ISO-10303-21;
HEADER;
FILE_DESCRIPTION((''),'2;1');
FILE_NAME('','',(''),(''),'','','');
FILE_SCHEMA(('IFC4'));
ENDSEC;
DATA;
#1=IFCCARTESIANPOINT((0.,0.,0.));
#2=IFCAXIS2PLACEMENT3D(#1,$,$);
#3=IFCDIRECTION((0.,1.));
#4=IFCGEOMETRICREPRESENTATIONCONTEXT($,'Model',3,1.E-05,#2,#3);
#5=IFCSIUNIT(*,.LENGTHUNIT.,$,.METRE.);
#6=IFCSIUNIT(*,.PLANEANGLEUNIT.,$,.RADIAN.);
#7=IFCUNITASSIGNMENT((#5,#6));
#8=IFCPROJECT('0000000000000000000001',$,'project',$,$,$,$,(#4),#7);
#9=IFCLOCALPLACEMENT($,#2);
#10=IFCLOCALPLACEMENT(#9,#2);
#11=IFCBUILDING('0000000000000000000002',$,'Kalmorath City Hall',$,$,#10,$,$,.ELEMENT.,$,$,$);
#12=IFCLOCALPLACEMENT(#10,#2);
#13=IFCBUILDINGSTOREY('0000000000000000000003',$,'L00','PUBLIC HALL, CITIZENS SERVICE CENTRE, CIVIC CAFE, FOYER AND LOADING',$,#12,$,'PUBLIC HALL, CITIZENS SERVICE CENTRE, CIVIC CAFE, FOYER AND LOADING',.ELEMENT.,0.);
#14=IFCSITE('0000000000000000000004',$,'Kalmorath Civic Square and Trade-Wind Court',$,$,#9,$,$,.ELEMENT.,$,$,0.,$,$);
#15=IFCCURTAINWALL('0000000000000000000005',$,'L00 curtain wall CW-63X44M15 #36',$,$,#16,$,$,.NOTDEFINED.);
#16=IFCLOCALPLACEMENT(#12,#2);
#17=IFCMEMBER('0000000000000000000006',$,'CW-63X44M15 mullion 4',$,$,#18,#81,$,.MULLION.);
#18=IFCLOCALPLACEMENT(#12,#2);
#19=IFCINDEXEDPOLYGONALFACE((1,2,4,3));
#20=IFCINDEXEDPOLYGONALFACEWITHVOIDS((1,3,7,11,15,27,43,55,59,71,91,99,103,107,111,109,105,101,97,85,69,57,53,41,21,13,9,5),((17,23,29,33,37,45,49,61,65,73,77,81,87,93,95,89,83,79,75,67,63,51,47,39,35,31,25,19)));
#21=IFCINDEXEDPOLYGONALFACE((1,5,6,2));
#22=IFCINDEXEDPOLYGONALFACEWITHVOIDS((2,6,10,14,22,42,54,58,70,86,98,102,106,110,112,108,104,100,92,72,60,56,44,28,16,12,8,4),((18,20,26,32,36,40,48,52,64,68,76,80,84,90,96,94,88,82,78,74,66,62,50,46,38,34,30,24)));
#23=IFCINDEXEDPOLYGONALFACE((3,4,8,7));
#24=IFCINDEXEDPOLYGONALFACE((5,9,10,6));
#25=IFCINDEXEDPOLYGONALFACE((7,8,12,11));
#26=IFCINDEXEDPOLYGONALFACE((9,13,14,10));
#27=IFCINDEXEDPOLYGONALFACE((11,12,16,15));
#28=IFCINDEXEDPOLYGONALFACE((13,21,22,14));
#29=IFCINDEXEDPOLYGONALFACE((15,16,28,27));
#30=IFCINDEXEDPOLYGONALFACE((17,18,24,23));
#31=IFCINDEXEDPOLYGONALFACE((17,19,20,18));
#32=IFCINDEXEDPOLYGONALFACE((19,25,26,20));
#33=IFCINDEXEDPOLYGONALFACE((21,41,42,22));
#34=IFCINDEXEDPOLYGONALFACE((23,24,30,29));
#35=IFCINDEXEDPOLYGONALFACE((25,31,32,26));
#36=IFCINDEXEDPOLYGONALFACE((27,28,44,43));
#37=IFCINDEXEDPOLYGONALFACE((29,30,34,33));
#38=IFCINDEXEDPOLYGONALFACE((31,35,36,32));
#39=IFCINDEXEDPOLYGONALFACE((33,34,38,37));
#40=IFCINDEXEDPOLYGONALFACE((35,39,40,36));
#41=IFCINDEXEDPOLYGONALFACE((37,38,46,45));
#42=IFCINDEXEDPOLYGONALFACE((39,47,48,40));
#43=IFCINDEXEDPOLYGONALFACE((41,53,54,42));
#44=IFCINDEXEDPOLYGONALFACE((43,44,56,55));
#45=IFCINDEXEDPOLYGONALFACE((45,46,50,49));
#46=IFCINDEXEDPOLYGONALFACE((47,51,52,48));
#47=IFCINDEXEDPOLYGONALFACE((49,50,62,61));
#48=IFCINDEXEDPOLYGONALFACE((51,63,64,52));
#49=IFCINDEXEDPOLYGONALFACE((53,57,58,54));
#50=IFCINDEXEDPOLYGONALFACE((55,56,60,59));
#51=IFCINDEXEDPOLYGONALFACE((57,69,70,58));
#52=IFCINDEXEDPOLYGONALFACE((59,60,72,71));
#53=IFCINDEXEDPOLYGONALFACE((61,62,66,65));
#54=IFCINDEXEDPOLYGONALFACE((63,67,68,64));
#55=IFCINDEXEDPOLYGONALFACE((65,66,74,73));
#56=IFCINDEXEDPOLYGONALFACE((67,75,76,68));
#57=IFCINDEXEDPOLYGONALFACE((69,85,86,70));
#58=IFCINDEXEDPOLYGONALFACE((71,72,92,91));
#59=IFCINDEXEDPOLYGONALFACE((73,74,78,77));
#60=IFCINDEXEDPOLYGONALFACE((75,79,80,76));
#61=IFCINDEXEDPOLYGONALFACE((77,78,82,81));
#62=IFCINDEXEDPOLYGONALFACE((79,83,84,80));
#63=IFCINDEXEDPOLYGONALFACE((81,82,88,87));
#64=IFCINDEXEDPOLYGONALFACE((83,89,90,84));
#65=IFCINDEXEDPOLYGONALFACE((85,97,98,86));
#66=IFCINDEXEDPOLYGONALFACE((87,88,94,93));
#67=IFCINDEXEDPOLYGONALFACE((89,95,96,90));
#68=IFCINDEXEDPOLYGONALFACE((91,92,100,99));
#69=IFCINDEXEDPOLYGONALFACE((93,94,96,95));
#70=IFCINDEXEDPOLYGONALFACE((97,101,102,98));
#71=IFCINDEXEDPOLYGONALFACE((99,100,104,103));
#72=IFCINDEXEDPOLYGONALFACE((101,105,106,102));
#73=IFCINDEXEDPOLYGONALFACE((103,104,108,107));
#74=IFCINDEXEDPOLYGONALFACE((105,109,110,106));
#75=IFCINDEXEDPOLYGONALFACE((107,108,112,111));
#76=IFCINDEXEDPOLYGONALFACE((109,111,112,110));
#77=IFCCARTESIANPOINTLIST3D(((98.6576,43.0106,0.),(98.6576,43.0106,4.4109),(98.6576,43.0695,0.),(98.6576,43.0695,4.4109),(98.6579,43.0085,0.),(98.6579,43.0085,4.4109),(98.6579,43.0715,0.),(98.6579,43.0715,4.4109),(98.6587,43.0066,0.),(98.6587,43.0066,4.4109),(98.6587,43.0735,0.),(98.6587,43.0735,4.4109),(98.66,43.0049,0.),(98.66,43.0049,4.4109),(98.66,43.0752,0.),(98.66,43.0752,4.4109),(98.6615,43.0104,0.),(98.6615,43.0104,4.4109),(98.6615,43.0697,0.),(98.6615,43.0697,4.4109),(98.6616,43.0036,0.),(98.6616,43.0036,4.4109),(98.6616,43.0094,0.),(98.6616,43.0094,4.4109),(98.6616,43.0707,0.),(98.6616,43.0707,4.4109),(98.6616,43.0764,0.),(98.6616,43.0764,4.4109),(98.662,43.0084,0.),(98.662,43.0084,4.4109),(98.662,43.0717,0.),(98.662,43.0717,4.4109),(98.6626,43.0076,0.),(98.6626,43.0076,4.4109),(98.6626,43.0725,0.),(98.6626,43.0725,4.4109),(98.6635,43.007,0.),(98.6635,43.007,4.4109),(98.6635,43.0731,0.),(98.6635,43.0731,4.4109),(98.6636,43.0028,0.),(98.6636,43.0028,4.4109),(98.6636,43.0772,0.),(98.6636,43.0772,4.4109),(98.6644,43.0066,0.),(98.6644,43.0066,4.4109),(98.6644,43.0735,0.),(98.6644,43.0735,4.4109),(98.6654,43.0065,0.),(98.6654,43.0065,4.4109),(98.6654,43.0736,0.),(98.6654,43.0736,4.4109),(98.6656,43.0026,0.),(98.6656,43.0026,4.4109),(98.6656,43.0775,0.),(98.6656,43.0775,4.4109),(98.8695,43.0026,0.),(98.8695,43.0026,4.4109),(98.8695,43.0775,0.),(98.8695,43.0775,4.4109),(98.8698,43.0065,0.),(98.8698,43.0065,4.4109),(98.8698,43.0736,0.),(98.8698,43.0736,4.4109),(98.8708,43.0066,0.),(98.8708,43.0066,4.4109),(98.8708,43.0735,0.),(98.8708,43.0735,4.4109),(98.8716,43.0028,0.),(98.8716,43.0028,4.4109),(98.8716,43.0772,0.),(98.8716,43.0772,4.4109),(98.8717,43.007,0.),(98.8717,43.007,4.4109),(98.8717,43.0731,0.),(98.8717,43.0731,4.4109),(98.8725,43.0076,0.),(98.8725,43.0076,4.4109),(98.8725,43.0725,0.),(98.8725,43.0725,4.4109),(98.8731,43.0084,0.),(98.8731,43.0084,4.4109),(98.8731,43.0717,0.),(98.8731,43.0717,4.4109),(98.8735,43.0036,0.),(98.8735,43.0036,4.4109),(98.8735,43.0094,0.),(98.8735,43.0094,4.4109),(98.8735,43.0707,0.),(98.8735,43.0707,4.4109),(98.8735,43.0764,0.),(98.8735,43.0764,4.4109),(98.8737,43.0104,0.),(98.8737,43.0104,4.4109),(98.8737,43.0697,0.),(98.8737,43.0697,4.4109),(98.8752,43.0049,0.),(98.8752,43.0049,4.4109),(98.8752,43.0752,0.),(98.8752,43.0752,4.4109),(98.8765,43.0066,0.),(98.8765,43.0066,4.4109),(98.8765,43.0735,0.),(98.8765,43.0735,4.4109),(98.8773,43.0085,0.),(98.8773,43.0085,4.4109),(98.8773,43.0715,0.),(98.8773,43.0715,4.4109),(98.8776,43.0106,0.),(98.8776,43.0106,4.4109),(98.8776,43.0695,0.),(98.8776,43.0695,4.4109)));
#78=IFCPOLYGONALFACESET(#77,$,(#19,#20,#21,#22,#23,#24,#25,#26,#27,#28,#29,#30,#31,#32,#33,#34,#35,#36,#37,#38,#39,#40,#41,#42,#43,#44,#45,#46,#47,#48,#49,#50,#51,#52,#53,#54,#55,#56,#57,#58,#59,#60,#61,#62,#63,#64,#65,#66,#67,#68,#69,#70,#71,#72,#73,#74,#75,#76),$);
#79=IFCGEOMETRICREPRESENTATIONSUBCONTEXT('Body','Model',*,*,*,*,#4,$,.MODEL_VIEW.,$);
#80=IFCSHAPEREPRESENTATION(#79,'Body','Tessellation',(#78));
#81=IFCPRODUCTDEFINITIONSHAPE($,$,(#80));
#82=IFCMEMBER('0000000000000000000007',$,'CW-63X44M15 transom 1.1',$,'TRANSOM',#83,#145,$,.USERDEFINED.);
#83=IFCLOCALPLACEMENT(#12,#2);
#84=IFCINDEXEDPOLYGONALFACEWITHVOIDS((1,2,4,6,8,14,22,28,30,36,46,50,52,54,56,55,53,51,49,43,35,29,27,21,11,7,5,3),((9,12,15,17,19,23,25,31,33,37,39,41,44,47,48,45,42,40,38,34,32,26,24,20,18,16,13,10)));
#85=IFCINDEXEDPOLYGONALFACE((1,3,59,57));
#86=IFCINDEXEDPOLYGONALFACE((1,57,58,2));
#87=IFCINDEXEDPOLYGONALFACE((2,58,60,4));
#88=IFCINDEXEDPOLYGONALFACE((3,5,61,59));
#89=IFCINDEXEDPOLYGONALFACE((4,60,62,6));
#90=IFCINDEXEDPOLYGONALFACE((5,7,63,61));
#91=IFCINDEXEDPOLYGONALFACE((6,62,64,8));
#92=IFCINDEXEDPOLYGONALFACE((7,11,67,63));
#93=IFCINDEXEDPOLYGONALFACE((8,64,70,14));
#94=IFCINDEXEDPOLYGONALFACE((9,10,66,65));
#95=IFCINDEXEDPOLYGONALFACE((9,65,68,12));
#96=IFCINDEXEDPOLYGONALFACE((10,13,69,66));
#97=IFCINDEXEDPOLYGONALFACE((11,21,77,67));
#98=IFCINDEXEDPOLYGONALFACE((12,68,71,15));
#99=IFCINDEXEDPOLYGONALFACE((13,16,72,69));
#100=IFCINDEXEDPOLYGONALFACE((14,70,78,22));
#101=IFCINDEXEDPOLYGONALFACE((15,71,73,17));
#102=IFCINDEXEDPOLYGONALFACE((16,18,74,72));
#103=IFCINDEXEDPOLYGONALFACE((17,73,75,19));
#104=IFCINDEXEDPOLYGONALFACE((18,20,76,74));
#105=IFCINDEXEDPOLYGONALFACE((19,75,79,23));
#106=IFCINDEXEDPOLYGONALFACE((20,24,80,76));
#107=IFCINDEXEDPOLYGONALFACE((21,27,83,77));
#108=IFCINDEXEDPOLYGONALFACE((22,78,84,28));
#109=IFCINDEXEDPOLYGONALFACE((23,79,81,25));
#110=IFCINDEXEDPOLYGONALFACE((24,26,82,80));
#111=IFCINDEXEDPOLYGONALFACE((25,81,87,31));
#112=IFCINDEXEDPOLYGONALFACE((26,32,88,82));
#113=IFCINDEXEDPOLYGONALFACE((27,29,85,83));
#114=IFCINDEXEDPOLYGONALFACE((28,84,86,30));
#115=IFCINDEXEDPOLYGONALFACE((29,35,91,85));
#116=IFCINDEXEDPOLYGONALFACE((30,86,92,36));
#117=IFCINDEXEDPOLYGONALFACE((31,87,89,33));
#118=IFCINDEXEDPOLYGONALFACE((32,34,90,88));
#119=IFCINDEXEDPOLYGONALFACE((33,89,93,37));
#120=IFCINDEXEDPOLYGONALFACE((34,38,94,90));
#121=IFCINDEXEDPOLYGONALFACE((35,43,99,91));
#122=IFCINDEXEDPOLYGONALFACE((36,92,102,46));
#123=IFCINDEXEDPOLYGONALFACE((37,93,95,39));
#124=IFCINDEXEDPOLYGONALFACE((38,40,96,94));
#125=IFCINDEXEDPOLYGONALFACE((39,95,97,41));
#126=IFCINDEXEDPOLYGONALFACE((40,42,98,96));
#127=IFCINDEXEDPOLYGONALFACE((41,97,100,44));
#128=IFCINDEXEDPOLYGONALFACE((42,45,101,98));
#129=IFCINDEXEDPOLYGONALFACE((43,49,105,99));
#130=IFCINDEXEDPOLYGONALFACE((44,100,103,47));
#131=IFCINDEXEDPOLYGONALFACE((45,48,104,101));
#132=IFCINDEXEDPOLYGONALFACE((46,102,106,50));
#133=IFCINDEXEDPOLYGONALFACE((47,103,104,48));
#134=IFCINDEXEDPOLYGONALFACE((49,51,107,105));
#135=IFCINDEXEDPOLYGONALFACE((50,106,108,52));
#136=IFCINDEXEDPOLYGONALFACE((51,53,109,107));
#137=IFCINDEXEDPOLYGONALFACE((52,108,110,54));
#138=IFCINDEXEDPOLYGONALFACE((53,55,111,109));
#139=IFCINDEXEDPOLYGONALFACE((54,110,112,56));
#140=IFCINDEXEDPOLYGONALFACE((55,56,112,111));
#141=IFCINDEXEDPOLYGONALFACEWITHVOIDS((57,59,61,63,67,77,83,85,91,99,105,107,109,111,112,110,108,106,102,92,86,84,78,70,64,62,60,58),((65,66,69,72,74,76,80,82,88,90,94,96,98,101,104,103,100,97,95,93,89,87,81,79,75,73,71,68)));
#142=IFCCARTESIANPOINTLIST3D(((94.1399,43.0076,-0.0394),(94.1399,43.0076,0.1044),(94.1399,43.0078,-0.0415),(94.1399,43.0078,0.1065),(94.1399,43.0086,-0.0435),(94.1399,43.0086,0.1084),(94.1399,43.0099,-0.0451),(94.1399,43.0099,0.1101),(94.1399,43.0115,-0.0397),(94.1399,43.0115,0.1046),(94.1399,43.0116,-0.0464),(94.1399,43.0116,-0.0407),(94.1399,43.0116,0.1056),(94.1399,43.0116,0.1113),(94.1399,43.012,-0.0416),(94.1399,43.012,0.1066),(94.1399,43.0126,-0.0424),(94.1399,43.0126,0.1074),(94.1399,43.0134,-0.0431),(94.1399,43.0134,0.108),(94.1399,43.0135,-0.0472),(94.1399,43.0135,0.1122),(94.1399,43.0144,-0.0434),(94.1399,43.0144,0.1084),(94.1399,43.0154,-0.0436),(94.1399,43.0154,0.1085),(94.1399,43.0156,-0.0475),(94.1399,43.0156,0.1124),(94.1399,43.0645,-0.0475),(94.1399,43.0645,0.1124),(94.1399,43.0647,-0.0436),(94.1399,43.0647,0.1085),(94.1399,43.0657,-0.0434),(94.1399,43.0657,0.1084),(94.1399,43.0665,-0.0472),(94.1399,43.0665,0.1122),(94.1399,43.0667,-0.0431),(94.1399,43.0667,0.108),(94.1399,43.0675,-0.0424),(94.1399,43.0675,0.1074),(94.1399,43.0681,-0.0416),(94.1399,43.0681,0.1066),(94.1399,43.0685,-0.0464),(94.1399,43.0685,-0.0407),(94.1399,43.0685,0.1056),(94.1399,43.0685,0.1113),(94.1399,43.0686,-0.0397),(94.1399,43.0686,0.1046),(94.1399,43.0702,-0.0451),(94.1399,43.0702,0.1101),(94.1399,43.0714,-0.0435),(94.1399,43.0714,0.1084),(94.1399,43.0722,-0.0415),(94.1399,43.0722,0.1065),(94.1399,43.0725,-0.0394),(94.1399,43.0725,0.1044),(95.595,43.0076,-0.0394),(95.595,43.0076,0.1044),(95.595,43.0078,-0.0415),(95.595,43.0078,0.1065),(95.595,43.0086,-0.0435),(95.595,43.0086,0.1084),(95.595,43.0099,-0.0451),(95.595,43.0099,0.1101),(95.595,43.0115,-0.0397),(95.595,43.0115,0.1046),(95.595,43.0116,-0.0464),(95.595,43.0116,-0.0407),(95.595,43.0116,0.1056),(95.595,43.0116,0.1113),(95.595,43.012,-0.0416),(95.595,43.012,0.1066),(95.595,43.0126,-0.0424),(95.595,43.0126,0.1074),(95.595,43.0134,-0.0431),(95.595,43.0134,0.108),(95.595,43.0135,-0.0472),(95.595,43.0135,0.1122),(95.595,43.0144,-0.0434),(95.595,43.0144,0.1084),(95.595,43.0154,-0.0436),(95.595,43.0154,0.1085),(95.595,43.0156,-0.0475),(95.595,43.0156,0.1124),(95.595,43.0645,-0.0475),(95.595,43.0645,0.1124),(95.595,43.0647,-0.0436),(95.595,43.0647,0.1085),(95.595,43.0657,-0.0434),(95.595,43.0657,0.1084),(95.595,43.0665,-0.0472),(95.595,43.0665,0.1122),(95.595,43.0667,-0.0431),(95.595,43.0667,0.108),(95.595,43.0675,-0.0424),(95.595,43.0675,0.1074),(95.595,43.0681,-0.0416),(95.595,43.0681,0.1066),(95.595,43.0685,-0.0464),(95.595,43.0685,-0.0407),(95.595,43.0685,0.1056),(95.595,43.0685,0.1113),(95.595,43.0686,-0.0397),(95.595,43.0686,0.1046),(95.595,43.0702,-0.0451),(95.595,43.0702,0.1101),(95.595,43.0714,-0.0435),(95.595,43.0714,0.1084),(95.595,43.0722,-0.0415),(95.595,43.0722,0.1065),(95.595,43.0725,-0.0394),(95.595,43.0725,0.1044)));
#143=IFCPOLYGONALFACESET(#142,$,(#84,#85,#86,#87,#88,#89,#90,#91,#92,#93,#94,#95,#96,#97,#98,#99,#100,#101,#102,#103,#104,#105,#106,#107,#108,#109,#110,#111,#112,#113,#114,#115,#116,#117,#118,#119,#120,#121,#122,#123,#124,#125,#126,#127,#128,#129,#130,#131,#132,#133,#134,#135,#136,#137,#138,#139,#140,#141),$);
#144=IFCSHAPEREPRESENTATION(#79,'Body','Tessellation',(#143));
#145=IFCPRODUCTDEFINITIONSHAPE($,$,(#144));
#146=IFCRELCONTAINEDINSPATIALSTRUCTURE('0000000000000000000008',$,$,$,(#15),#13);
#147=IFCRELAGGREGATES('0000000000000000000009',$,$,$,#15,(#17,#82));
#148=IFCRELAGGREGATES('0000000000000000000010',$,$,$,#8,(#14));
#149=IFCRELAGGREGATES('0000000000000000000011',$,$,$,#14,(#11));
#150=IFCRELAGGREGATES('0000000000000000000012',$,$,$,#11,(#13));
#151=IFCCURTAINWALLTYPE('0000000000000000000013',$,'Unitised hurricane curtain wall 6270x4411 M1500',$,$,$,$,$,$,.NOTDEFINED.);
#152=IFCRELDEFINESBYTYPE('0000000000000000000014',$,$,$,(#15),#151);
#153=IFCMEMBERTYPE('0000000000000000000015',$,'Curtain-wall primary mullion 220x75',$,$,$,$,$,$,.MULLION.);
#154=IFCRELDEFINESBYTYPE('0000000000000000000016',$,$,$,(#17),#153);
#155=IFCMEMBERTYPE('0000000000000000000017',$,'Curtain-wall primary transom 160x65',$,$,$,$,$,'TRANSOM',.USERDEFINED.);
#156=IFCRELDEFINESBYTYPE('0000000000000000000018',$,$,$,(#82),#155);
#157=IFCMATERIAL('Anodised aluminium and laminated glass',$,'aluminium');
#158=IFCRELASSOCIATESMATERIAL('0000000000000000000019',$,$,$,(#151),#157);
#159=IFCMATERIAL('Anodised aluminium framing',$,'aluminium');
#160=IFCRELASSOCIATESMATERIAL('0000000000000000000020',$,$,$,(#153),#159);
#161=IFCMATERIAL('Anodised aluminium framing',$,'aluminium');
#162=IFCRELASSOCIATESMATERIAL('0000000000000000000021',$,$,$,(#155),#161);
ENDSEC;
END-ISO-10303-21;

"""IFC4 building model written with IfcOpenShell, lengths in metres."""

from ifc_helpers import new_model, si_unit, direction, frame, origin, origin_2d, place, context, subcontext, project, spatial, hollow_rectangle, extrude, material, material_profile, profile_set, type_object, element, aggregate, save


model = new_model("IFC4")

# Units and contexts
model_context = context("Model", 3, precision=1e-05, world=origin(), true_north=direction((0.0, 1.0)))
body_context = subcontext(model_context, "Body", "Model", "MODEL_VIEW")
ifc_project = project(units=[si_unit("LENGTHUNIT", "METRE"), si_unit("PLANEANGLEUNIT", "RADIAN")], contexts=[model_context])

# Site, building, storey
site_placement = place(None, origin())
site = spatial("IfcSite", under=ifc_project, at=site_placement, Name="Kalmorath Civic Square and Trade-Wind Court", CompositionType="ELEMENT", RefElevation=0.0)
building_placement = place(site_placement, origin())
building = spatial("IfcBuilding", under=site, at=building_placement, Name="Kalmorath City Hall", CompositionType="ELEMENT")
storey_placement = place(building_placement, origin())
storey = spatial("IfcBuildingStorey", under=building, at=storey_placement, Name="L00", Description="PUBLIC HALL, CITIZENS SERVICE CENTRE, CIVIC CAFE, FOYER AND LOADING", LongName="PUBLIC HALL, CITIZENS SERVICE CENTRE, CIVIC CAFE, FOYER AND LOADING", CompositionType="ELEMENT", Elevation=0.0)

# Curtain wall, members
ifc_material_1 = material(Name="Anodised aluminium and laminated glass", Category="aluminium")
curtain_wall_type = type_object("IfcCurtainWallType", Name="Unitised hurricane curtain wall 6270x4411 M1500", PredefinedType="NOTDEFINED", material=ifc_material_1)
curtain_wall_placement = place(storey_placement, origin())
curtain_wall = element("IfcCurtainWall", 1, at=curtain_wall_placement, inside=storey, type_object=curtain_wall_type, Name="L00 curtain wall CW-63X44M15 #36", PredefinedType="NOTDEFINED")
ifc_material_2 = material(Name="Anodised aluminium framing", Category="aluminium")
ifc_material_profile_1 = material_profile(ifc_material_2, hollow_rectangle(XDim=0.075, YDim=0.22, WallThickness=0.0039, InnerFilletRadius=0.0039, OuterFilletRadius=0.0081, at=origin_2d()), Name="ALU-MUL-220X75X4")
ifc_profile_set_1 = profile_set([ifc_material_profile_1], Name="Anodised aluminium framing")
member_type_1 = type_object("IfcMemberType", Name="Curtain-wall primary mullion 220x75", PredefinedType="MULLION", material=ifc_profile_set_1)
member_1_placement = place(storey_placement, frame((98.7676, 43.04, 0.0), z_axis=(0.0, 0.0, 1.0), x_axis=(0.0, 1.0, 0.0)))
member_1 = element("IfcMember", 2, at=member_1_placement, type_object=member_type_1, Name="CW-63X44M15 mullion 4", PredefinedType="MULLION", context=body_context, shape_type="SweptSolid", body=[
    extrude(hollow_rectangle(XDim=0.075, YDim=0.22, WallThickness=0.0039, InnerFilletRadius=0.0039, OuterFilletRadius=0.0081, at=origin_2d()), origin(), (0.0, 0.0, 1.0), 4.4109),
])
ifc_material_3 = material(Name="Anodised aluminium framing", Category="aluminium")
ifc_material_profile_2 = material_profile(ifc_material_3, hollow_rectangle(XDim=0.0649, YDim=0.1599, WallThickness=0.0039, InnerFilletRadius=0.0039, OuterFilletRadius=0.0081, at=origin_2d()), Name="ALU-TRN-160X65X4")
ifc_profile_set_2 = profile_set([ifc_material_profile_2], Name="Anodised aluminium framing")
member_type_2 = type_object("IfcMemberType", Name="Curtain-wall primary transom 160x65", ElementType="TRANSOM", PredefinedType="USERDEFINED", material=ifc_profile_set_2)
member_2_placement = place(storey_placement, frame((94.1399, 43.04, 0.0325), z_axis=(1.0, 0.0, 0.0), x_axis=(0.0, 1.0, 0.0)))
member_2 = element("IfcMember", 3, at=member_2_placement, type_object=member_type_2, Name="CW-63X44M15 transom 1.1", ObjectType="TRANSOM", PredefinedType="USERDEFINED", context=body_context, shape_type="SweptSolid", body=[
    extrude(hollow_rectangle(XDim=0.0649, YDim=0.1599, WallThickness=0.0039, InnerFilletRadius=0.0039, OuterFilletRadius=0.0081, at=origin_2d()), origin(), (0.0, 0.0, 1.0), 1.4551),
])
aggregate(curtain_wall, [member_1, member_2])

save(model, "model.ifc")
